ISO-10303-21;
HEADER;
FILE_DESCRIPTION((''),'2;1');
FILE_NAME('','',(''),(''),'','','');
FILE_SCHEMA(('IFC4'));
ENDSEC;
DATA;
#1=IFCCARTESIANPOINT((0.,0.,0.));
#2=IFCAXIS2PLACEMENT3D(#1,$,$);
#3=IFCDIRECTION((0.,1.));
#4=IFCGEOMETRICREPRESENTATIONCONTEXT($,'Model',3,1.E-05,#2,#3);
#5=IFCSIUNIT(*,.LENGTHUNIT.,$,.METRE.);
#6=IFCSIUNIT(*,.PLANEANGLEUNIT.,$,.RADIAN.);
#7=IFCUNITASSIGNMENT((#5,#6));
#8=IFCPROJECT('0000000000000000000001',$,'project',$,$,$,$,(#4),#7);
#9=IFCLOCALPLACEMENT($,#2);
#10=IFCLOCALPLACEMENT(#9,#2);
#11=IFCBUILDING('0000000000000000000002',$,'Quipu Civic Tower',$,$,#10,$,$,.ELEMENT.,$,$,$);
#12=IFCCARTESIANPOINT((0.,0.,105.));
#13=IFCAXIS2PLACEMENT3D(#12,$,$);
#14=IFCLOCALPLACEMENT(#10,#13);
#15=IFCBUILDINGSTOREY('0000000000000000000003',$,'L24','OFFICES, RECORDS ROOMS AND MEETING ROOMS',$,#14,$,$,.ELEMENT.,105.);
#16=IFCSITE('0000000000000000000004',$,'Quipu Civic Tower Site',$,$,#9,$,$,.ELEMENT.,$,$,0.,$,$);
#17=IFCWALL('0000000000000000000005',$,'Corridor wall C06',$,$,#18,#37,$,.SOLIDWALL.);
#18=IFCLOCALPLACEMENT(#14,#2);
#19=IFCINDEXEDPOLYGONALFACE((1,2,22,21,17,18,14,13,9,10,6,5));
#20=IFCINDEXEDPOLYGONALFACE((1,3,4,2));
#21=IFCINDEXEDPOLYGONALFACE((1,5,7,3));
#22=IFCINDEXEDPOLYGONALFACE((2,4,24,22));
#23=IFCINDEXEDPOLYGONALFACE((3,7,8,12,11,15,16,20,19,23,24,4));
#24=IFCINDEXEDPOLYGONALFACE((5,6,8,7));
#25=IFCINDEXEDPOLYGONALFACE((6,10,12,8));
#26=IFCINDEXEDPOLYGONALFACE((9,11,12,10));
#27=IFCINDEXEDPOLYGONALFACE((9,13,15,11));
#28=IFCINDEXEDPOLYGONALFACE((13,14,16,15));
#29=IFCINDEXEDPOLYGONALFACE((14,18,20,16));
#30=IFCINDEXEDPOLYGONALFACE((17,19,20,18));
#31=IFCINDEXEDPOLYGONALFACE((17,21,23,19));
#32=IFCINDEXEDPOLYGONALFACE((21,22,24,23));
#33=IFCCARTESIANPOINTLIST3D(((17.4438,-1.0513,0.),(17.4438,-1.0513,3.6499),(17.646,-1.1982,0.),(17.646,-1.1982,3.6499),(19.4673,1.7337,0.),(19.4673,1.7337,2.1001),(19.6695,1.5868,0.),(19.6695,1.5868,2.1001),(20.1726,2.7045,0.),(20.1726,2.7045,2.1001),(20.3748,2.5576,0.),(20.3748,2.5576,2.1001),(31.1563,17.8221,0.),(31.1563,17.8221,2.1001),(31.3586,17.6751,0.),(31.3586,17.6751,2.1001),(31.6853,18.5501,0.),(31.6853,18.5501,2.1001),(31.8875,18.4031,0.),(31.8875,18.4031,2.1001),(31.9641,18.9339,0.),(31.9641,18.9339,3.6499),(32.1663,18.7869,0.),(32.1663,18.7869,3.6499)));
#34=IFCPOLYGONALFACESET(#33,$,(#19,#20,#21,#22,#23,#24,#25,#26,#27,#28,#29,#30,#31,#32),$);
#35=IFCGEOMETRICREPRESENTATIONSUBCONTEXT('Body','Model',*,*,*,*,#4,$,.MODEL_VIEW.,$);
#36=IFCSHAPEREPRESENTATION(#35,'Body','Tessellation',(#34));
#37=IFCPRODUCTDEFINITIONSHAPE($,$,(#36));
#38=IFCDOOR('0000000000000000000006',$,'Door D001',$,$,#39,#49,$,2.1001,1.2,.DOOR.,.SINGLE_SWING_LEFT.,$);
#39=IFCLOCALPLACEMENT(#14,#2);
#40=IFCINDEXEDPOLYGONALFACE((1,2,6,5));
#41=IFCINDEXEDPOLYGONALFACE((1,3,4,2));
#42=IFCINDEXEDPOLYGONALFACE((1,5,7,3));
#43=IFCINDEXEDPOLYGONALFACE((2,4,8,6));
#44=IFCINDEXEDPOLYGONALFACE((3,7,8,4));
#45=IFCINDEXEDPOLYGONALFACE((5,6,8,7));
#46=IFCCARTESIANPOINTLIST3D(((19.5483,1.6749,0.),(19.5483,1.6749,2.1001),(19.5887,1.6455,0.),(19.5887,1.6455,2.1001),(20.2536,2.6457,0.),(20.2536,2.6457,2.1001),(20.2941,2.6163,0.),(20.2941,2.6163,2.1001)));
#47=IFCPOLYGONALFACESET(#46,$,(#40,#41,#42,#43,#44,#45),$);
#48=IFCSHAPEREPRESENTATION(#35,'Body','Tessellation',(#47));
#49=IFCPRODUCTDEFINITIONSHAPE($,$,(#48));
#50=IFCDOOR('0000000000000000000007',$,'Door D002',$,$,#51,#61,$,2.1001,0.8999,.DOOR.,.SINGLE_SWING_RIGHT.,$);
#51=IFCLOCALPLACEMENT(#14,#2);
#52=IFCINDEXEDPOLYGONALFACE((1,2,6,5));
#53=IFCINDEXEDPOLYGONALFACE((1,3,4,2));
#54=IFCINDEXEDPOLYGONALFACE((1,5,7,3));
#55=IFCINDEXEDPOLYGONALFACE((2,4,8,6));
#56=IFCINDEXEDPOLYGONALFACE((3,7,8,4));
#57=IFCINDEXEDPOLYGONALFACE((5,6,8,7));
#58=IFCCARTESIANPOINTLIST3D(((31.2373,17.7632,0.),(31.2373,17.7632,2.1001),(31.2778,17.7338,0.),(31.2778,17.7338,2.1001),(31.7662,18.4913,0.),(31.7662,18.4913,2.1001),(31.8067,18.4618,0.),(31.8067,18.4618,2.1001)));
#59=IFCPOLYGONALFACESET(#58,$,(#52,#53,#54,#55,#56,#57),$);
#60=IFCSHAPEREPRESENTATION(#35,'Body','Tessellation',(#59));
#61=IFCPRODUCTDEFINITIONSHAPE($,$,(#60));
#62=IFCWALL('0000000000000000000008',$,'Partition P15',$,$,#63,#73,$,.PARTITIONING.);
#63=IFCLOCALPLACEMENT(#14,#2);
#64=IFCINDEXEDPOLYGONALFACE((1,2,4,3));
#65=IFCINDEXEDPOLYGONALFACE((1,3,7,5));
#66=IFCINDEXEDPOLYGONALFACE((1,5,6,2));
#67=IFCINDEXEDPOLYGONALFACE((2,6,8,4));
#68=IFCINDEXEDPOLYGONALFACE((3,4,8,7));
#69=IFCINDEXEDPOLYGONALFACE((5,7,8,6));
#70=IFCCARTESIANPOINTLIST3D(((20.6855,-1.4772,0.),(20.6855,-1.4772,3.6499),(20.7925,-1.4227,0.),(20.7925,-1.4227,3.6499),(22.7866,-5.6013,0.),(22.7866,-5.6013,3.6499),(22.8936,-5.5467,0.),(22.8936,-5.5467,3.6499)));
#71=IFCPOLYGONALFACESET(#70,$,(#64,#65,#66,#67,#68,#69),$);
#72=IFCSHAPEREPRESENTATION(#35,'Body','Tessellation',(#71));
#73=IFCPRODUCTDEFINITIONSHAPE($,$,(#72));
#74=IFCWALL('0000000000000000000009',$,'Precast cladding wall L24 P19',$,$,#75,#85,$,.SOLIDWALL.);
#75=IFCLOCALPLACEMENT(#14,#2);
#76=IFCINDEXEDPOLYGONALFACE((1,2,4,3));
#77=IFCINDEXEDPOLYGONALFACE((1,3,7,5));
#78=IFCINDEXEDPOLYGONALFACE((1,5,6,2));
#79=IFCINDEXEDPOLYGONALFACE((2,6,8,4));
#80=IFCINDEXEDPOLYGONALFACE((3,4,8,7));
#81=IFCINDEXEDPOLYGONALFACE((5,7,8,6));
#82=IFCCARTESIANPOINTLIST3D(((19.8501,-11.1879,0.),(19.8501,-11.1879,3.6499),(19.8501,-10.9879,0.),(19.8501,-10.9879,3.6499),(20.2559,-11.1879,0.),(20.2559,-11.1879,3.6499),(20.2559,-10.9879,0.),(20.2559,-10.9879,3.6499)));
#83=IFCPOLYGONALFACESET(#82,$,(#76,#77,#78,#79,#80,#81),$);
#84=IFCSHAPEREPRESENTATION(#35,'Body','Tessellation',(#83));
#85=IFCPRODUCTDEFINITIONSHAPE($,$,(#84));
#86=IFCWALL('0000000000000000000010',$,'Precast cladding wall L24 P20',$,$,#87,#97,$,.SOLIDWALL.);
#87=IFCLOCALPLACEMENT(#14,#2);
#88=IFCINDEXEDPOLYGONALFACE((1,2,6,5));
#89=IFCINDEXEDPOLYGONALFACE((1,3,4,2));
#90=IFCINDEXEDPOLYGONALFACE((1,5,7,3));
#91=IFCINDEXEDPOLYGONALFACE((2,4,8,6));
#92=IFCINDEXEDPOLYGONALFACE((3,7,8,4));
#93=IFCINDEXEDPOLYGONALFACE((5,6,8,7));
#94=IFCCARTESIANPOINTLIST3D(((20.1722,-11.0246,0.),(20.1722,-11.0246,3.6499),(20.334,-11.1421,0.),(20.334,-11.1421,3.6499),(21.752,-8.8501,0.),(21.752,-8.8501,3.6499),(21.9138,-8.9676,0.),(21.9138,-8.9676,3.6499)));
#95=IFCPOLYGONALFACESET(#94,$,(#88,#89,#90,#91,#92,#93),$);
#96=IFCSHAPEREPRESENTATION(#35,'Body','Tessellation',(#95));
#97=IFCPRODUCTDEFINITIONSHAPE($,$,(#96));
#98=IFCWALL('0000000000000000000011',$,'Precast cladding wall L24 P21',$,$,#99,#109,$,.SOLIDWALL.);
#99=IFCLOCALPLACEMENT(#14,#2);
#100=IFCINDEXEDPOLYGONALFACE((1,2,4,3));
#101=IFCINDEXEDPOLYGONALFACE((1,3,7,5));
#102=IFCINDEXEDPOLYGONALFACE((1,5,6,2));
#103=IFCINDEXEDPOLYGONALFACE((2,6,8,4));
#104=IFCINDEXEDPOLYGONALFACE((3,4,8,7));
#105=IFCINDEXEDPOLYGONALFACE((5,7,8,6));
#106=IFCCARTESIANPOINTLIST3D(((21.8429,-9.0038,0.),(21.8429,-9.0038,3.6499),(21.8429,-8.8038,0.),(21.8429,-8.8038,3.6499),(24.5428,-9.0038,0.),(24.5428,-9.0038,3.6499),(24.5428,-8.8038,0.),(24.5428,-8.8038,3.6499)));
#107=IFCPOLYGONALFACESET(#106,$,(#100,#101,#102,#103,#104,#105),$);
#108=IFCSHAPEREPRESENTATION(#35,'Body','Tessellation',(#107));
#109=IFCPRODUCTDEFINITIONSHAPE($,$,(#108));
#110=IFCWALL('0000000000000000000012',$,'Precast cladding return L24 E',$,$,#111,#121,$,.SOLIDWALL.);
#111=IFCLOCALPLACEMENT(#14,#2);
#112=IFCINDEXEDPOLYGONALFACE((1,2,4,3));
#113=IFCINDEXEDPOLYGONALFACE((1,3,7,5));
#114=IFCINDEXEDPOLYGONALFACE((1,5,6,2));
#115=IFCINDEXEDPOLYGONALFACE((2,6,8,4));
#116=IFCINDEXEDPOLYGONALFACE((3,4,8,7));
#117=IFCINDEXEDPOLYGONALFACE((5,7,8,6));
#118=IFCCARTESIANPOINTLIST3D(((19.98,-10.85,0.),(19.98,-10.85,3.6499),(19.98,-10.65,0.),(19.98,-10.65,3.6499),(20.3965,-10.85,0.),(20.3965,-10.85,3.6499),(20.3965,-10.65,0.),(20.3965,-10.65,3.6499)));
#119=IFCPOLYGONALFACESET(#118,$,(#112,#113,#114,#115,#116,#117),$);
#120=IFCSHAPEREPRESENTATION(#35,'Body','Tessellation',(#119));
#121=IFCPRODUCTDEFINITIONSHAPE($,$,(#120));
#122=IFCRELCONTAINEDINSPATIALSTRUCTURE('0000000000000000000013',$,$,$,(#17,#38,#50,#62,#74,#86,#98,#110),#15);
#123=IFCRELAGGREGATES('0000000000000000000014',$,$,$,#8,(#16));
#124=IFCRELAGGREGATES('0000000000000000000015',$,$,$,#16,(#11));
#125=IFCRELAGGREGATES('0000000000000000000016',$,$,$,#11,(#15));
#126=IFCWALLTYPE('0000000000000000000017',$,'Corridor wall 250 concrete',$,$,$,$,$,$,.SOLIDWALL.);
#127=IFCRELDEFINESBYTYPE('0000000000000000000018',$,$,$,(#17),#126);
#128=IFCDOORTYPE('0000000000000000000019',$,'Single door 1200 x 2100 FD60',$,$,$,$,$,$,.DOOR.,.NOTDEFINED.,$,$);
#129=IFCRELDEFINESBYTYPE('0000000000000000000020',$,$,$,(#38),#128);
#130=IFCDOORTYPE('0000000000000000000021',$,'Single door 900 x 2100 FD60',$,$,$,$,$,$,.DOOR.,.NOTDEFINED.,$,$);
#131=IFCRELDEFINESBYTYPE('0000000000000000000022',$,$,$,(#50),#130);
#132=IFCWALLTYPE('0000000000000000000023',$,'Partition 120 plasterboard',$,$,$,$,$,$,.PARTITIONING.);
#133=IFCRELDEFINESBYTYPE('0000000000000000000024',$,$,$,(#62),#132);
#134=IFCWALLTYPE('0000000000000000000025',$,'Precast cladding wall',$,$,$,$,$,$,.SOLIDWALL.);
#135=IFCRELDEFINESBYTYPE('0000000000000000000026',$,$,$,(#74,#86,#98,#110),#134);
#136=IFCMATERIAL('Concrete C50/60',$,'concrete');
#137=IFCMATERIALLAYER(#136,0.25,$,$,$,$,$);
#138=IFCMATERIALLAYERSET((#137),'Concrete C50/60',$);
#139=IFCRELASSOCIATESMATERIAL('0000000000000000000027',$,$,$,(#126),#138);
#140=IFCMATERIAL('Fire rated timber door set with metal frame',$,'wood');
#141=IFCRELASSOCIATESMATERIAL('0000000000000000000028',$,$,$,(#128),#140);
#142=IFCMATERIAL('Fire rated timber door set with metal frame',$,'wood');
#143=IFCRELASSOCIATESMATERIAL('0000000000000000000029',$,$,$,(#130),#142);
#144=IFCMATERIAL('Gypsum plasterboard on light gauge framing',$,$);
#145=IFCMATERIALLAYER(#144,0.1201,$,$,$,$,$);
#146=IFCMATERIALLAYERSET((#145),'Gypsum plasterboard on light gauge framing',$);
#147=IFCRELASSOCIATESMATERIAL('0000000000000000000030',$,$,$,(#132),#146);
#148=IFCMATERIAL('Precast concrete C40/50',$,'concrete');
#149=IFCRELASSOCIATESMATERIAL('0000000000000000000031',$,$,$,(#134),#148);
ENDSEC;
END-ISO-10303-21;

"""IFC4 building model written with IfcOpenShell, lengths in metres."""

from ifc_helpers import new_model, si_unit, direction, frame, frame_2d, origin, place, context, subcontext, project, spatial, rectangle, extrude, material, layer, layer_set, type_object, element, fill, save


model = new_model("IFC4")

# Units and contexts
model_context = context("Model", 3, precision=1e-05, world=origin(), true_north=direction((0.0, 1.0)))
body_context = subcontext(model_context, "Body", "Model", "MODEL_VIEW")
ifc_project = project(units=[si_unit("LENGTHUNIT", "METRE"), si_unit("PLANEANGLEUNIT", "RADIAN")], contexts=[model_context])

# Site, building, storey
site_placement = place(None, origin())
site = spatial("IfcSite", under=ifc_project, at=site_placement, Name="Quipu Civic Tower Site", CompositionType="ELEMENT", RefElevation=0.0)
building_placement = place(site_placement, origin())
building = spatial("IfcBuilding", under=site, at=building_placement, Name="Quipu Civic Tower", CompositionType="ELEMENT")
storey_placement = place(building_placement, frame((0.0, 0.0, 105.0)))
storey = spatial("IfcBuildingStorey", under=building, at=storey_placement, Name="L24", Description="OFFICES, RECORDS ROOMS AND MEETING ROOMS", CompositionType="ELEMENT", Elevation=105.0)

# Wall, openings, doors
ifc_material_1 = material(Name="Concrete C50/60", Category="concrete")
ifc_layer_1 = layer(ifc_material_1, 0.25)
ifc_layer_set_1 = layer_set([ifc_layer_1], Name="Concrete C50/60")
wall_type_1 = type_object("IfcWallType", Name="Corridor wall 250 concrete", PredefinedType="SOLIDWALL", material=ifc_layer_set_1)
wall_1_placement = place(storey_placement, frame((17.5449, -1.1248, 0.0), z_axis=(0.0, 0.0, 1.0), x_axis=(0.587791, 0.809013, 0.0)))
wall_1 = element("IfcWall", 1, at=wall_1_placement, inside=storey, type_object=wall_type_1, Name="Corridor wall C06", PredefinedType="SOLIDWALL", context=body_context, shape_type="SweptSolid", body=[
    extrude(rectangle(XDim=24.7031, YDim=0.25, at=frame_2d((12.3516, 0.0))), origin(), (0.0, 0.0, 1.0), 3.6499),
])
opening_1_placement = place(wall_1_placement, frame((3.4424, 0.0, 0.0)))
opening_1 = element("IfcOpeningElement", 2, at=opening_1_placement, cuts=wall_1, PredefinedType="OPENING", context=body_context, shape_type="SweptSolid", body=[
    extrude(rectangle(XDim=1.2, YDim=2.1001, at=frame_2d((0.6001, 1.05))), frame((0.0, 0.135, 0.0), z_axis=(0.0, -1.0, 0.0), x_axis=(1.0, 0.0, 0.0)), (0.0, 0.0, 1.0), 0.27),
])
opening_2_placement = place(wall_1_placement, frame((23.3289, 0.0, 0.0)))
opening_2 = element("IfcOpeningElement", 3, at=opening_2_placement, cuts=wall_1, PredefinedType="OPENING", context=body_context, shape_type="SweptSolid", body=[
    extrude(rectangle(XDim=0.8999, YDim=2.1001, at=frame_2d((0.45, 1.05))), frame((0.0, 0.135, 0.0), z_axis=(0.0, -1.0, 0.0), x_axis=(1.0, 0.0, 0.0)), (0.0, 0.0, 1.0), 0.27),
])
ifc_material_2 = material(Name="Fire rated timber door set with metal frame", Category="wood")
door_type_1 = type_object("IfcDoorType", Name="Single door 1200 x 2100 FD60", OperationType="NOTDEFINED", PredefinedType="DOOR", material=ifc_material_2)
door_1_placement = place(opening_1_placement, origin())
door_1 = element("IfcDoor", 4, at=door_1_placement, inside=storey, type_object=door_type_1, Name="Door D001", OperationType="SINGLE_SWING_LEFT", OverallHeight=2.1001, OverallWidth=1.2, PredefinedType="DOOR", context=body_context, shape_type="SweptSolid", body=[
    extrude(rectangle(XDim=1.2, YDim=2.1001, at=frame_2d((0.6001, 1.05))), frame((0.0, 0.0249, 0.0), z_axis=(0.0, -1.0, 0.0), x_axis=(1.0, 0.0, 0.0)), (0.0, 0.0, 1.0), 0.05),
])
fill(opening_1, door_1)
ifc_material_3 = material(Name="Fire rated timber door set with metal frame", Category="wood")
door_type_2 = type_object("IfcDoorType", Name="Single door 900 x 2100 FD60", OperationType="NOTDEFINED", PredefinedType="DOOR", material=ifc_material_3)
door_2_placement = place(opening_2_placement, origin())
door_2 = element("IfcDoor", 5, at=door_2_placement, inside=storey, type_object=door_type_2, Name="Door D002", OperationType="SINGLE_SWING_RIGHT", OverallHeight=2.1001, OverallWidth=0.8999, PredefinedType="DOOR", context=body_context, shape_type="SweptSolid", body=[
    extrude(rectangle(XDim=0.8999, YDim=2.1001, at=frame_2d((0.45, 1.05))), frame((0.0, 0.0249, 0.0), z_axis=(0.0, -1.0, 0.0), x_axis=(1.0, 0.0, 0.0)), (0.0, 0.0, 1.0), 0.05),
])
fill(opening_2, door_2)

# Walls
ifc_material_4 = material(Name="Gypsum plasterboard on light gauge framing")
ifc_layer_2 = layer(ifc_material_4, 0.1201)
ifc_layer_set_2 = layer_set([ifc_layer_2], Name="Gypsum plasterboard on light gauge framing")
wall_type_2 = type_object("IfcWallType", Name="Partition 120 plasterboard", PredefinedType="PARTITIONING", material=ifc_layer_set_2)
wall_2_placement = place(storey_placement, frame((20.739, -1.45, 0.0), z_axis=(0.0, 0.0, 1.0), x_axis=(0.453953, -0.891026, 0.0)))
element("IfcWall", 6, at=wall_2_placement, inside=storey, type_object=wall_type_2, Name="Partition P15", PredefinedType="PARTITIONING", context=body_context, shape_type="SweptSolid", body=[
    extrude(rectangle(XDim=4.6284, YDim=0.1201, at=frame_2d((2.3142, 0.0))), origin(), (0.0, 0.0, 1.0), 3.6499),
])
ifc_material_5 = material(Name="Precast concrete C40/50", Category="concrete")
wall_type_3 = type_object("IfcWallType", Name="Precast cladding wall", PredefinedType="SOLIDWALL", material=ifc_material_5)
wall_3_placement = place(storey_placement, frame((19.8501, -11.0879, 0.0), z_axis=(0.0, 0.0, 1.0), x_axis=(1.0, 0.0, 0.0)))
element("IfcWall", 7, at=wall_3_placement, inside=storey, type_object=wall_type_3, Name="Precast cladding wall L24 P19", PredefinedType="SOLIDWALL", context=body_context, shape_type="SweptSolid", body=[
    extrude(rectangle(XDim=0.4058, YDim=0.2, at=frame_2d((0.2029, 0.0))), origin(), (0.0, 0.0, 1.0), 3.6499),
])
wall_4_placement = place(storey_placement, frame((20.2532, -11.0833, 0.0), z_axis=(0.0, 0.0, 1.0), x_axis=(0.587767, 0.809031, 0.0)))
element("IfcWall", 8, at=wall_4_placement, inside=storey, type_object=wall_type_3, Name="Precast cladding wall L24 P20", PredefinedType="SOLIDWALL", context=body_context, shape_type="SweptSolid", body=[
    extrude(rectangle(XDim=2.6877, YDim=0.2, at=frame_2d((1.3438, 0.0))), origin(), (0.0, 0.0, 1.0), 3.6499),
])
wall_5_placement = place(storey_placement, frame((21.8428, -8.9038, 0.0), z_axis=(0.0, 0.0, 1.0), x_axis=(1.0, 0.0, 0.0)))
element("IfcWall", 9, at=wall_5_placement, inside=storey, type_object=wall_type_3, Name="Precast cladding wall L24 P21", PredefinedType="SOLIDWALL", context=body_context, shape_type="SweptSolid", body=[
    extrude(rectangle(XDim=2.7, YDim=0.2, at=frame_2d((1.3501, 0.0))), origin(), (0.0, 0.0, 1.0), 3.6499),
])
wall_6_placement = place(storey_placement, frame((19.98, -10.75, 0.0), z_axis=(0.0, 0.0, 1.0), x_axis=(1.0, 0.0, 0.0)))
element("IfcWall", 10, at=wall_6_placement, inside=storey, type_object=wall_type_3, Name="Precast cladding return L24 E", PredefinedType="SOLIDWALL", context=body_context, shape_type="SweptSolid", body=[
    extrude(rectangle(XDim=0.4165, YDim=0.2, at=frame_2d((0.2083, 0.0))), origin(), (0.0, 0.0, 1.0), 3.6499),
])

save(model, "model.ifc")
